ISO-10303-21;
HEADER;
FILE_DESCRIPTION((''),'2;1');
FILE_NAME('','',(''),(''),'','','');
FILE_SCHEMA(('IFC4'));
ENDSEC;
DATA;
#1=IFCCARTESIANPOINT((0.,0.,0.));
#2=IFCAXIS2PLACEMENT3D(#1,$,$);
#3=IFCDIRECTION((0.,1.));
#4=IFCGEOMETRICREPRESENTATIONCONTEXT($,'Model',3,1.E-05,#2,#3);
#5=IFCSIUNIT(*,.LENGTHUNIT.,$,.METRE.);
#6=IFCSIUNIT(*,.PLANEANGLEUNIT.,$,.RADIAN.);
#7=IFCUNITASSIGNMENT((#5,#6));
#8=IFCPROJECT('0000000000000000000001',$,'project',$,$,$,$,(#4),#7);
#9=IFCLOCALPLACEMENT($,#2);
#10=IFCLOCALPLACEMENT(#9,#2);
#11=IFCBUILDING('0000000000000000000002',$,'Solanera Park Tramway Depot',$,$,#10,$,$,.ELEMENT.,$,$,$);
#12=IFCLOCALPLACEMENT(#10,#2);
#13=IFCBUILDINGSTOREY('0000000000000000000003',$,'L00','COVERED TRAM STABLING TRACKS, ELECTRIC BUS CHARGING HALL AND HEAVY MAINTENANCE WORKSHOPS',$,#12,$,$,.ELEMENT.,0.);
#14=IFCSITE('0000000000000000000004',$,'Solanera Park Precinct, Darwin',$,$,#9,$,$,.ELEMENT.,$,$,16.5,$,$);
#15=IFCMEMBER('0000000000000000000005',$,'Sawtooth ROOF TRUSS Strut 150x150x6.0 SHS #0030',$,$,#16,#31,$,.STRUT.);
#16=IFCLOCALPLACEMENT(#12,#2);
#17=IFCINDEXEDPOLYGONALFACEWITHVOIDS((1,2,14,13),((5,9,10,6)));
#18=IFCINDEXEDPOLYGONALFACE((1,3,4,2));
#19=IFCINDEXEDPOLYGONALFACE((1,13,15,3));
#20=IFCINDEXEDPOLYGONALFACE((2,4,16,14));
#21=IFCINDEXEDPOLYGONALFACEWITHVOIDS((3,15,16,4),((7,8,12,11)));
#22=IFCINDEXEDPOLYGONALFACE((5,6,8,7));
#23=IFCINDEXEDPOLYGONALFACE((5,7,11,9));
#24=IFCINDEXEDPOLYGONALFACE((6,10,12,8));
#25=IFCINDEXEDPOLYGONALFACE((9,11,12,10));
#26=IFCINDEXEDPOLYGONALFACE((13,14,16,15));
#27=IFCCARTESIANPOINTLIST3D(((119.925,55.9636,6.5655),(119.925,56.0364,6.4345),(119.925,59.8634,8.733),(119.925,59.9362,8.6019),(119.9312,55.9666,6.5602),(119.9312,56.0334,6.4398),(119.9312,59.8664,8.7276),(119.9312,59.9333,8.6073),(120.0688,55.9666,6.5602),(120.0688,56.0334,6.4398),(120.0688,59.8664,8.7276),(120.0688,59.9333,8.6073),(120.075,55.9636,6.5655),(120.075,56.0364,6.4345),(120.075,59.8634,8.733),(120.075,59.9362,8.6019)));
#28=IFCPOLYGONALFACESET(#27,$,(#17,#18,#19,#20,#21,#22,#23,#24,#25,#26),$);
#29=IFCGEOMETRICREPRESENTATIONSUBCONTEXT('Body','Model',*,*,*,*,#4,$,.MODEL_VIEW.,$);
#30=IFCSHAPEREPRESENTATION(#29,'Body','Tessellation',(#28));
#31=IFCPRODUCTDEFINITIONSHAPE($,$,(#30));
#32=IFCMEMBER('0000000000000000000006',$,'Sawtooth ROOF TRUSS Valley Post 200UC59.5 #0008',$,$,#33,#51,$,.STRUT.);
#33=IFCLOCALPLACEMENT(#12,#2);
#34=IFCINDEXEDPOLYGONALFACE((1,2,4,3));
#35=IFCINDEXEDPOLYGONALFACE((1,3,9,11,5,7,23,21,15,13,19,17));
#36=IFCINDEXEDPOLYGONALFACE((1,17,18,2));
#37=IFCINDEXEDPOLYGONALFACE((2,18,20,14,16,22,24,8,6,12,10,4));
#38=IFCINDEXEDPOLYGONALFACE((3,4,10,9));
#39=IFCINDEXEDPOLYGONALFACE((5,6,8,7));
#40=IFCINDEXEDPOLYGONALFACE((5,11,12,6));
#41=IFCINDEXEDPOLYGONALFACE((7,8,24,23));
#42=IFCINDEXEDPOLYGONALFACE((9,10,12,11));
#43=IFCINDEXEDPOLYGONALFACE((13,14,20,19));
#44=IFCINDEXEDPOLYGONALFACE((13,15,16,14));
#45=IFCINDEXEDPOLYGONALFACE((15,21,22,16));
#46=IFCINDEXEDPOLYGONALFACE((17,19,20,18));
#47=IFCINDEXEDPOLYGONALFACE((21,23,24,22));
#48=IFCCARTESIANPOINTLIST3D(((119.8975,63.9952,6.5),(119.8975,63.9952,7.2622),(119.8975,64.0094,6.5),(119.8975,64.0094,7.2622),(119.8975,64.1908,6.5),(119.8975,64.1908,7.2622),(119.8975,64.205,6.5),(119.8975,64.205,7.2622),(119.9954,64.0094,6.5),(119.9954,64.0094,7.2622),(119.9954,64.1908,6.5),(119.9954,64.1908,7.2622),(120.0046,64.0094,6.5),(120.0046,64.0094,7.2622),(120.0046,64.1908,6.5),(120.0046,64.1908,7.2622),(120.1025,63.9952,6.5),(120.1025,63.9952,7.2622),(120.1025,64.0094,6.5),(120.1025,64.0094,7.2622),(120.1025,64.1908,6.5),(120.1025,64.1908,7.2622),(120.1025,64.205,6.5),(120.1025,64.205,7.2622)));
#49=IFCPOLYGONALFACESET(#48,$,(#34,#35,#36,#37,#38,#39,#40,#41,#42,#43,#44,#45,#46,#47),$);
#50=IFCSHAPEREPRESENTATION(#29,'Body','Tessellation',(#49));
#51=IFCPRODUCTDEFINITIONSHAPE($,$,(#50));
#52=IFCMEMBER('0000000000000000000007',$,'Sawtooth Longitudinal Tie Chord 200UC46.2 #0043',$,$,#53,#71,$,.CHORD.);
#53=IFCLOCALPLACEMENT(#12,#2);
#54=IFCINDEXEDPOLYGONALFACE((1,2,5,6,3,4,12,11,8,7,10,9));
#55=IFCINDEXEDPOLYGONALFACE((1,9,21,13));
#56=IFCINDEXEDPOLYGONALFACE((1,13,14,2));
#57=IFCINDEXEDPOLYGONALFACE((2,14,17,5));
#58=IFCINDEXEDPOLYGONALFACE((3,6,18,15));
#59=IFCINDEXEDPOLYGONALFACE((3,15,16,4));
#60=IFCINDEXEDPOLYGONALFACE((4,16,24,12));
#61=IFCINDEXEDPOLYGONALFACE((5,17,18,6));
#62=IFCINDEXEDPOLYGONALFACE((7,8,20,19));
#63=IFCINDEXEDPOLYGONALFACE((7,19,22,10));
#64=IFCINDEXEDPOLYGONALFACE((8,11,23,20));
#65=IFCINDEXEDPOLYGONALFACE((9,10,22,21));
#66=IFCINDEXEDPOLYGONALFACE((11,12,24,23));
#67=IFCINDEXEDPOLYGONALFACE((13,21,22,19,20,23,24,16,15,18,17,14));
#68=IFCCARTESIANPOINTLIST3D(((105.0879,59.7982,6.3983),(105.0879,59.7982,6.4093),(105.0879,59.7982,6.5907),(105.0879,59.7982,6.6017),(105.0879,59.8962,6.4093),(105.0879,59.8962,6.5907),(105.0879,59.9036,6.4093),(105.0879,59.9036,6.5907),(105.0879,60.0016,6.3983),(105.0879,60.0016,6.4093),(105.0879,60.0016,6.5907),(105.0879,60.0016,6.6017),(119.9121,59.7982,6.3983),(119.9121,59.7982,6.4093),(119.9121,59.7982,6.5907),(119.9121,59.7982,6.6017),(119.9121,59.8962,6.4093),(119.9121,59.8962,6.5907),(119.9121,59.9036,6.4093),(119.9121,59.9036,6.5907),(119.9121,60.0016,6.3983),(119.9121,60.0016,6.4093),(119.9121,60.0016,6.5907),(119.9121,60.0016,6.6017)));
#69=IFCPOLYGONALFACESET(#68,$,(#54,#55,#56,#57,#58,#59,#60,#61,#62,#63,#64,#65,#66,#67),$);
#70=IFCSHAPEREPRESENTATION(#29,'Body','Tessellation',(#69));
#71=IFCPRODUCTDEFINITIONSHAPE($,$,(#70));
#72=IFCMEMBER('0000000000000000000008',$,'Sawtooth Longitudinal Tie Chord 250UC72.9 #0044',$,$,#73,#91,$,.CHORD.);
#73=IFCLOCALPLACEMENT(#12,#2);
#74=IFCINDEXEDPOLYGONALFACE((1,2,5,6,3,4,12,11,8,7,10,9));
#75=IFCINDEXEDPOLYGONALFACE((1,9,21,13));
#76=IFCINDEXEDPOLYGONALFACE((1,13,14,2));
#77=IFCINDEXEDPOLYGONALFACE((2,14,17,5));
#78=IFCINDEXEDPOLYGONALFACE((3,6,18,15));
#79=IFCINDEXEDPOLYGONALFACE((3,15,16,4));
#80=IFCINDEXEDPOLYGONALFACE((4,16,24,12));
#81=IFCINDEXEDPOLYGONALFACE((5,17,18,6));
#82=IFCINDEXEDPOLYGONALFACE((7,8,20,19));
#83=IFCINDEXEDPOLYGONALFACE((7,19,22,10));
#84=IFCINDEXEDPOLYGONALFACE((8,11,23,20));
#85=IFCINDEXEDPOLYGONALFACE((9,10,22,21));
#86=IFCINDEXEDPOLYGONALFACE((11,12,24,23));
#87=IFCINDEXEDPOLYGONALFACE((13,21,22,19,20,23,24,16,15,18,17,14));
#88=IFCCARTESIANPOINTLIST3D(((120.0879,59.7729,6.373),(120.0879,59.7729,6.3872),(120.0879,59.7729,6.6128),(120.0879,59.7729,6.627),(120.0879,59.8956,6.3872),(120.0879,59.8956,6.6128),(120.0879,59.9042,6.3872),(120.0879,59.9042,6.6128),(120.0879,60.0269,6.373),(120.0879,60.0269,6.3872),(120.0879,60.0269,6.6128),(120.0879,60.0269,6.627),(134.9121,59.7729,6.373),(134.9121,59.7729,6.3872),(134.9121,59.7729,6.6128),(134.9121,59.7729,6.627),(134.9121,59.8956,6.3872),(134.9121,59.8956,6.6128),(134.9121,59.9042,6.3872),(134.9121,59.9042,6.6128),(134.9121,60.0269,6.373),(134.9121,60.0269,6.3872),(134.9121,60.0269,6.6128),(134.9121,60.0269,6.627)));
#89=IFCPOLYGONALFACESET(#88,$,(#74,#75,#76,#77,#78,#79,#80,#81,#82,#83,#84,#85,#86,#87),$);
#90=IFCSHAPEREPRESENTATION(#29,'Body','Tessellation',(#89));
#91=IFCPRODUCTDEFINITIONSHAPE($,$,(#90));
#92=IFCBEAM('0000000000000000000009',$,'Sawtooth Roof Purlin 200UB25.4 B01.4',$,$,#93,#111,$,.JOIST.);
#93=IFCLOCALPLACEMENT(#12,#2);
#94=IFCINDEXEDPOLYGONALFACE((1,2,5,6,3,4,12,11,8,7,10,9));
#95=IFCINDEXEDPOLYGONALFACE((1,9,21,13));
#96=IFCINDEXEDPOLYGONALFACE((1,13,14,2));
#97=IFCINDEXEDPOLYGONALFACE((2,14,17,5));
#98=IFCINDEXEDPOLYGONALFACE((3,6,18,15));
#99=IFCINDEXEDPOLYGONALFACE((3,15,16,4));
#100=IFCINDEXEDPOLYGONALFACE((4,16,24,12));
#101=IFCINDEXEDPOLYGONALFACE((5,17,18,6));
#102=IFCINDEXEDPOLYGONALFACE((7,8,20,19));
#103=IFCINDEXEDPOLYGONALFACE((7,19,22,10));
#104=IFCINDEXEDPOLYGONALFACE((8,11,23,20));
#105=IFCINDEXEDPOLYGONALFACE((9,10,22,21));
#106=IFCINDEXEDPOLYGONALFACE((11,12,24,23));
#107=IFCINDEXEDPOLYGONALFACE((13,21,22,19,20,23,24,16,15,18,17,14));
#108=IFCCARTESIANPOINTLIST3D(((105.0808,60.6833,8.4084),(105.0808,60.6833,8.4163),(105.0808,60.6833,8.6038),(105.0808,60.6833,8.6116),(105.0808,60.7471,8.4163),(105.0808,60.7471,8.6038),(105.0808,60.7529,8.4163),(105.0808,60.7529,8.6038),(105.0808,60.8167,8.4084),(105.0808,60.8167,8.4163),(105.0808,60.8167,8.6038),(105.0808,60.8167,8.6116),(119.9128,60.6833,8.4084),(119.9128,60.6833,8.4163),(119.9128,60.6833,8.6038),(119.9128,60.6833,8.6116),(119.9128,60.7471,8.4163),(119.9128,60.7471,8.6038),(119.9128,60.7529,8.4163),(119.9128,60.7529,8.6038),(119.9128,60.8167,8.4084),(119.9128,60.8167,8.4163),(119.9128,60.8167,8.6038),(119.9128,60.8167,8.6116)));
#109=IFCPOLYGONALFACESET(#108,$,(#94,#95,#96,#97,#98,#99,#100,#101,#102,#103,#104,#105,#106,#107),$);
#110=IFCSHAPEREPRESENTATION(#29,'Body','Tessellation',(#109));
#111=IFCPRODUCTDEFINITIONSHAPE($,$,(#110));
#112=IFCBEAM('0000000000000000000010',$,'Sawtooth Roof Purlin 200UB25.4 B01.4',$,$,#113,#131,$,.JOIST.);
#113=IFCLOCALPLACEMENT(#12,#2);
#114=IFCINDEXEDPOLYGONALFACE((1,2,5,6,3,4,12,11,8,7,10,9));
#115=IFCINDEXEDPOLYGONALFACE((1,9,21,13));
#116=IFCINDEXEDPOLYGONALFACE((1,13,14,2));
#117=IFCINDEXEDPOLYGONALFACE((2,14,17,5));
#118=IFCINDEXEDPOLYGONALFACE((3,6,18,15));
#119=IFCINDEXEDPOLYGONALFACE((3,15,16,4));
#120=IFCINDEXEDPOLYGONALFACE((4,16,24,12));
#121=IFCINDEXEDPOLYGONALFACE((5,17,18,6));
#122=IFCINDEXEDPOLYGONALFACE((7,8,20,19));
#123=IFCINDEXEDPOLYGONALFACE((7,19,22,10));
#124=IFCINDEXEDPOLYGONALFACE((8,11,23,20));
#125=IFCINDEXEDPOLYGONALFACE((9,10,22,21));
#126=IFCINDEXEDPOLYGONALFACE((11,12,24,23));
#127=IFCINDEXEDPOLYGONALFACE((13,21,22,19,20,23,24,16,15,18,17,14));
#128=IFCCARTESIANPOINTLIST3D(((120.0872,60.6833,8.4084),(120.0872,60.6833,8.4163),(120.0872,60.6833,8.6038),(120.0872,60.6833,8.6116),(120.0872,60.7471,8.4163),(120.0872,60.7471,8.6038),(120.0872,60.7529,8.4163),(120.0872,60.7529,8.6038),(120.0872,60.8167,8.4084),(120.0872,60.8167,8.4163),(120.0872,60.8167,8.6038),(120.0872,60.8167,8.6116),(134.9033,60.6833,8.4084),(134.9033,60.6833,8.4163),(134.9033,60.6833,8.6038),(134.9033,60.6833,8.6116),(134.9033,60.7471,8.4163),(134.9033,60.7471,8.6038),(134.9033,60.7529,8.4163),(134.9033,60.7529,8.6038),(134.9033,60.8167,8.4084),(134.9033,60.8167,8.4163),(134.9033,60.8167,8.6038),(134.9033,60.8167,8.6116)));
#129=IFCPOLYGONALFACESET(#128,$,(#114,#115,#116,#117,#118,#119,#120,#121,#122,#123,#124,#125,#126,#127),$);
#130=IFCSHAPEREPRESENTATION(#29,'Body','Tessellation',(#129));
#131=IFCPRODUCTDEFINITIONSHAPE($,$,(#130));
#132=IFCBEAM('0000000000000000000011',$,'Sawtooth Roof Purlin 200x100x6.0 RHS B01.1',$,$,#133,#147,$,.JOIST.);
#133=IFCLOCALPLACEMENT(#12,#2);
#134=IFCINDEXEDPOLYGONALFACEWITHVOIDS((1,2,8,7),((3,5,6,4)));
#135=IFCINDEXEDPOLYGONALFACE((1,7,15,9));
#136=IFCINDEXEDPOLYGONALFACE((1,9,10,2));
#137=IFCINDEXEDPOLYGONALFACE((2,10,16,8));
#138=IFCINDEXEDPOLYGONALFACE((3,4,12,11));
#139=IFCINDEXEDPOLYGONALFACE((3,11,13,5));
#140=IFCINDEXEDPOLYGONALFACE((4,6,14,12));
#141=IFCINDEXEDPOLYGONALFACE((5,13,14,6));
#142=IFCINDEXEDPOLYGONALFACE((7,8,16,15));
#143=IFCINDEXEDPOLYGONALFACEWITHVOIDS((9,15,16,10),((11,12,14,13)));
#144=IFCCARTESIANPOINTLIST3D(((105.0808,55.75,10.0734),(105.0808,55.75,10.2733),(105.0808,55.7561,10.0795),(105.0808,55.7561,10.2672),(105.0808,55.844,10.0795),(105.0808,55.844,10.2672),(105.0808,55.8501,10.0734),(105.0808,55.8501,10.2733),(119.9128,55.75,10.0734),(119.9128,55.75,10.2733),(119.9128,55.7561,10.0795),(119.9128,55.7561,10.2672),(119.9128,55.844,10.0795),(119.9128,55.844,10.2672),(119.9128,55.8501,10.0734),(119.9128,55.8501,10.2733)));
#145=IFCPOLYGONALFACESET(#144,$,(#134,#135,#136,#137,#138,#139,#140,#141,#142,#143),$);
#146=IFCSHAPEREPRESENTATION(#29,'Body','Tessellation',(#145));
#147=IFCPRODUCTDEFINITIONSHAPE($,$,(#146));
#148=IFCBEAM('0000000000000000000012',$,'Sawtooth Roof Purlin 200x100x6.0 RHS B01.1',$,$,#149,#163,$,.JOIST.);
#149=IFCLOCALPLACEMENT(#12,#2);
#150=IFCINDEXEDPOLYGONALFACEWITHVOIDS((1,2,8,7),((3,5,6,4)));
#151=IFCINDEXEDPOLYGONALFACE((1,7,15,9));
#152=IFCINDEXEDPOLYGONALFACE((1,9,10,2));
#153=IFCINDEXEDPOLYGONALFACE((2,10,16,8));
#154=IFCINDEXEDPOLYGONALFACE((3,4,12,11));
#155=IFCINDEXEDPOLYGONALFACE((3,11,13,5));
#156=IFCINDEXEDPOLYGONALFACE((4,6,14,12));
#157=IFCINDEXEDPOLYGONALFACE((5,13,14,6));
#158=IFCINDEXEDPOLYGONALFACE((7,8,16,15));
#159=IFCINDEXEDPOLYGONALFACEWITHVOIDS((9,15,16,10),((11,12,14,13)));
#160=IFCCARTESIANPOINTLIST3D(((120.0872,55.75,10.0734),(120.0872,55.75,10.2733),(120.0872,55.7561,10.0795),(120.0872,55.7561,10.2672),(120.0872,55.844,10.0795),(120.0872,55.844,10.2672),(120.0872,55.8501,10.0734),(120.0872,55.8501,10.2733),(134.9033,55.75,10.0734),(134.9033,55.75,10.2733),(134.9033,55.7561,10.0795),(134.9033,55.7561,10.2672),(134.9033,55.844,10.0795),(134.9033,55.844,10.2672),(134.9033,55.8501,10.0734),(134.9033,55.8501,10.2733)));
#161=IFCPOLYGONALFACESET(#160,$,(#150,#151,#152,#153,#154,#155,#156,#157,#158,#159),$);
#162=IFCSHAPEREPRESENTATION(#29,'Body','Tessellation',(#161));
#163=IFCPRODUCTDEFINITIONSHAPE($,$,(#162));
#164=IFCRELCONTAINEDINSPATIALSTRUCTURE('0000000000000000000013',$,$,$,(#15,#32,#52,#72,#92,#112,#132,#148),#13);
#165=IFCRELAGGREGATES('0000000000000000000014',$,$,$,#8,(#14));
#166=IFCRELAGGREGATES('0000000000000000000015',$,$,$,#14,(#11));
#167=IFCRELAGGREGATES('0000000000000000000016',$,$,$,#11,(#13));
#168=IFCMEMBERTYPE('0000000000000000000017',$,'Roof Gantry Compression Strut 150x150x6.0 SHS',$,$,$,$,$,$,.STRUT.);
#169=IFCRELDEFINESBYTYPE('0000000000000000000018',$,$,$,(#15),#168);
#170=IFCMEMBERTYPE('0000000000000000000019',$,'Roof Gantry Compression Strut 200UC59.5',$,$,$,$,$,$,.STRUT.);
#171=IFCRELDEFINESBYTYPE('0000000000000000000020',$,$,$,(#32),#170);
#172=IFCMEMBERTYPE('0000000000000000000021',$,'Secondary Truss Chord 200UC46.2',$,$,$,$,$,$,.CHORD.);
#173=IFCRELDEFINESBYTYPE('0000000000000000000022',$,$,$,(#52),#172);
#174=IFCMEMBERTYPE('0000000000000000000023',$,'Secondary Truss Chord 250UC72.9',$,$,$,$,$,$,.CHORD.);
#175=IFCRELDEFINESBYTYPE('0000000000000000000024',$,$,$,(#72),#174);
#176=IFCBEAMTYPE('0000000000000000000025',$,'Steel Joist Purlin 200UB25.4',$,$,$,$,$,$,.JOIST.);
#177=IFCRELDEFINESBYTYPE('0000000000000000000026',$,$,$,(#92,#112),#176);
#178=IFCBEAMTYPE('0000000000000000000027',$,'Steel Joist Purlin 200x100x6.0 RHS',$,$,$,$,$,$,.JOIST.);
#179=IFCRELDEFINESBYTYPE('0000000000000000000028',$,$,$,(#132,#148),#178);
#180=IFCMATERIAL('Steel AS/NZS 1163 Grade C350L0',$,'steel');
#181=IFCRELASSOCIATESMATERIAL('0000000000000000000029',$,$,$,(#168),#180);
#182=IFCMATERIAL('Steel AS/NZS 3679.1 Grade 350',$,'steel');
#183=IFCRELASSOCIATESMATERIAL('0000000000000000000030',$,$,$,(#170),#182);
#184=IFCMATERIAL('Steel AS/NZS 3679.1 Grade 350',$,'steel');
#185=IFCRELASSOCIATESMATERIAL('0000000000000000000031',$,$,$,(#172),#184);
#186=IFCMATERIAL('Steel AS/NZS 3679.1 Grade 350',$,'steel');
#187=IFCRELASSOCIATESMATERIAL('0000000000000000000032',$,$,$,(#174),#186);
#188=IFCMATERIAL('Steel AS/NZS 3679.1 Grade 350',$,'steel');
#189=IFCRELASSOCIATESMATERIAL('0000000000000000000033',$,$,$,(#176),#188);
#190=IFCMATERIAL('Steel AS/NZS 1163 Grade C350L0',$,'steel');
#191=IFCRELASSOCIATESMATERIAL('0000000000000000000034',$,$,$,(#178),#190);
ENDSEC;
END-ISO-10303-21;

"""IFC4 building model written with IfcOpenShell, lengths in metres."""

from ifc_helpers import new_model, si_unit, direction, frame, origin, origin_2d, place, context, subcontext, project, spatial, hollow_rectangle, i_section, extrude, material, material_profile, profile_set, type_object, element, save


model = new_model("IFC4")

# Units and contexts
model_context = context("Model", 3, precision=1e-05, world=origin(), true_north=direction((0.0, 1.0)))
body_context = subcontext(model_context, "Body", "Model", "MODEL_VIEW")
ifc_project = project(units=[si_unit("LENGTHUNIT", "METRE"), si_unit("PLANEANGLEUNIT", "RADIAN")], contexts=[model_context])

# Site, building, storey
site_placement = place(None, origin())
site = spatial("IfcSite", under=ifc_project, at=site_placement, Name="Solanera Park Precinct, Darwin", CompositionType="ELEMENT", RefElevation=16.5)
building_placement = place(site_placement, origin())
building = spatial("IfcBuilding", under=site, at=building_placement, Name="Solanera Park Tramway Depot", CompositionType="ELEMENT")
storey_placement = place(building_placement, origin())
storey = spatial("IfcBuildingStorey", under=building, at=storey_placement, Name="L00", Description="COVERED TRAM STABLING TRACKS, ELECTRIC BUS CHARGING HALL AND HEAVY MAINTENANCE WORKSHOPS", CompositionType="ELEMENT", Elevation=0.0)

# Members
ifc_material_1 = material(Name="Steel AS/NZS 1163 Grade C350L0", Category="steel")
ifc_material_profile_1 = material_profile(ifc_material_1, hollow_rectangle(XDim=0.1499, YDim=0.1499, WallThickness=0.0061, at=origin_2d()), Name="150x150x6.0 SHS")
ifc_profile_set_1 = profile_set([ifc_material_profile_1], Name="Steel AS/NZS 1163 Grade C350L0")
member_type_1 = type_object("IfcMemberType", Name="Roof Gantry Compression Strut 150x150x6.0 SHS", PredefinedType="STRUT", material=ifc_profile_set_1)
member_1_placement = place(storey_placement, frame((120.0, 56.0, 6.5), z_axis=(0.0, 0.874075, 0.485792), x_axis=(-1.0, 0.0, 0.0)))
element("IfcMember", 1, at=member_1_placement, inside=storey, type_object=member_type_1, Name="Sawtooth ROOF TRUSS Strut 150x150x6.0 SHS #0030", PredefinedType="STRUT", context=body_context, shape_type="SweptSolid", body=[
    extrude(hollow_rectangle(XDim=0.1499, YDim=0.1499, WallThickness=0.0061, at=origin_2d()), origin(), (0.0, 0.0, 1.0), 4.4617),
])
ifc_material_2 = material(Name="Steel AS/NZS 3679.1 Grade 350", Category="steel")
ifc_material_profile_2 = material_profile(ifc_material_2, i_section(OverallWidth=0.2051, OverallDepth=0.2097, WebThickness=0.0093, FlangeThickness=0.0142, at=origin_2d()), Name="200UC59.5")
ifc_profile_set_2 = profile_set([ifc_material_profile_2], Name="Steel AS/NZS 3679.1 Grade 350")
member_type_2 = type_object("IfcMemberType", Name="Roof Gantry Compression Strut 200UC59.5", PredefinedType="STRUT", material=ifc_profile_set_2)
member_2_placement = place(storey_placement, frame((120.0, 64.1001, 6.5), z_axis=(0.0, 0.0, 1.0), x_axis=(1.0, 0.0, 0.0)))
element("IfcMember", 2, at=member_2_placement, inside=storey, type_object=member_type_2, Name="Sawtooth ROOF TRUSS Valley Post 200UC59.5 #0008", PredefinedType="STRUT", context=body_context, shape_type="SweptSolid", body=[
    extrude(i_section(OverallWidth=0.2051, OverallDepth=0.2097, WebThickness=0.0093, FlangeThickness=0.0142, at=origin_2d()), origin(), (0.0, 0.0, 1.0), 0.7622),
])
ifc_material_3 = material(Name="Steel AS/NZS 3679.1 Grade 350", Category="steel")
ifc_material_profile_3 = material_profile(ifc_material_3, i_section(OverallWidth=0.2034, OverallDepth=0.2034, WebThickness=0.0073, FlangeThickness=0.011, at=origin_2d()), Name="200UC46.2")
ifc_profile_set_3 = profile_set([ifc_material_profile_3], Name="Steel AS/NZS 3679.1 Grade 350")
member_type_3 = type_object("IfcMemberType", Name="Secondary Truss Chord 200UC46.2", PredefinedType="CHORD", material=ifc_profile_set_3)
member_3_placement = place(storey_placement, frame((105.0879, 59.8999, 6.5), z_axis=(1.0, 0.0, 0.0), x_axis=(0.0, 1.0, 0.0)))
element("IfcMember", 3, at=member_3_placement, inside=storey, type_object=member_type_3, Name="Sawtooth Longitudinal Tie Chord 200UC46.2 #0043", PredefinedType="CHORD", context=body_context, shape_type="SweptSolid", body=[
    extrude(i_section(OverallWidth=0.2034, OverallDepth=0.2034, WebThickness=0.0073, FlangeThickness=0.011, at=origin_2d()), origin(), (0.0, 0.0, 1.0), 14.8242),
])
ifc_material_4 = material(Name="Steel AS/NZS 3679.1 Grade 350", Category="steel")
ifc_material_profile_4 = material_profile(ifc_material_4, i_section(OverallWidth=0.2539, OverallDepth=0.2539, WebThickness=0.0085, FlangeThickness=0.0142, at=origin_2d()), Name="250UC72.9")
ifc_profile_set_4 = profile_set([ifc_material_profile_4], Name="Steel AS/NZS 3679.1 Grade 350")
member_type_4 = type_object("IfcMemberType", Name="Secondary Truss Chord 250UC72.9", PredefinedType="CHORD", material=ifc_profile_set_4)
member_4_placement = place(storey_placement, frame((120.0879, 59.8999, 6.5), z_axis=(1.0, 0.0, 0.0), x_axis=(0.0, 1.0, 0.0)))
element("IfcMember", 4, at=member_4_placement, inside=storey, type_object=member_type_4, Name="Sawtooth Longitudinal Tie Chord 250UC72.9 #0044", PredefinedType="CHORD", context=body_context, shape_type="SweptSolid", body=[
    extrude(i_section(OverallWidth=0.2539, OverallDepth=0.2539, WebThickness=0.0085, FlangeThickness=0.0142, at=origin_2d()), origin(), (0.0, 0.0, 1.0), 14.8242),
])

# Beams
ifc_material_5 = material(Name="Steel AS/NZS 3679.1 Grade 350", Category="steel")
ifc_material_profile_5 = material_profile(ifc_material_5, i_section(OverallWidth=0.1333, OverallDepth=0.2031, WebThickness=0.0059, FlangeThickness=0.0078, at=origin_2d()), Name="200UB25.4")
ifc_profile_set_5 = profile_set([ifc_material_profile_5], Name="Steel AS/NZS 3679.1 Grade 350")
beam_type_1 = type_object("IfcBeamType", Name="Steel Joist Purlin 200UB25.4", PredefinedType="JOIST", material=ifc_profile_set_5)
beam_1_placement = place(storey_placement, frame((105.0808, 60.75, 8.51), z_axis=(1.0, 0.0, 0.0), x_axis=(0.0, 1.0, 0.0)))
element("IfcBeam", 5, at=beam_1_placement, inside=storey, type_object=beam_type_1, Name="Sawtooth Roof Purlin 200UB25.4 B01.4", PredefinedType="JOIST", context=body_context, shape_type="SweptSolid", body=[
    extrude(i_section(OverallWidth=0.1333, OverallDepth=0.2031, WebThickness=0.0059, FlangeThickness=0.0078, at=origin_2d()), origin(), (0.0, 0.0, 1.0), 14.832),
])
beam_2_placement = place(storey_placement, frame((120.0872, 60.75, 8.51), z_axis=(1.0, 0.0, 0.0), x_axis=(0.0, 1.0, 0.0)))
element("IfcBeam", 6, at=beam_2_placement, inside=storey, type_object=beam_type_1, Name="Sawtooth Roof Purlin 200UB25.4 B01.4", PredefinedType="JOIST", context=body_context, shape_type="SweptSolid", body=[
    extrude(i_section(OverallWidth=0.1333, OverallDepth=0.2031, WebThickness=0.0059, FlangeThickness=0.0078, at=origin_2d()), origin(), (0.0, 0.0, 1.0), 14.8162),
])
ifc_material_6 = material(Name="Steel AS/NZS 1163 Grade C350L0", Category="steel")
ifc_material_profile_6 = material_profile(ifc_material_6, hollow_rectangle(XDim=0.1001, YDim=0.2, WallThickness=0.0061, at=origin_2d()), Name="200x100x6.0 RHS")
ifc_profile_set_6 = profile_set([ifc_material_profile_6], Name="Steel AS/NZS 1163 Grade C350L0")
beam_type_2 = type_object("IfcBeamType", Name="Steel Joist Purlin 200x100x6.0 RHS", PredefinedType="JOIST", material=ifc_profile_set_6)
beam_3_placement = place(storey_placement, frame((105.0808, 55.8, 10.1733), z_axis=(1.0, 0.0, 0.0), x_axis=(0.0, 1.0, 0.0)))
element("IfcBeam", 7, at=beam_3_placement, inside=storey, type_object=beam_type_2, Name="Sawtooth Roof Purlin 200x100x6.0 RHS B01.1", PredefinedType="JOIST", context=body_context, shape_type="SweptSolid", body=[
    extrude(hollow_rectangle(XDim=0.1001, YDim=0.2, WallThickness=0.0061, at=origin_2d()), origin(), (0.0, 0.0, 1.0), 14.832),
])
beam_4_placement = place(storey_placement, frame((120.0872, 55.8, 10.1733), z_axis=(1.0, 0.0, 0.0), x_axis=(0.0, 1.0, 0.0)))
element("IfcBeam", 8, at=beam_4_placement, inside=storey, type_object=beam_type_2, Name="Sawtooth Roof Purlin 200x100x6.0 RHS B01.1", PredefinedType="JOIST", context=body_context, shape_type="SweptSolid", body=[
    extrude(hollow_rectangle(XDim=0.1001, YDim=0.2, WallThickness=0.0061, at=origin_2d()), origin(), (0.0, 0.0, 1.0), 14.8162),
])

save(model, "model.ifc")
